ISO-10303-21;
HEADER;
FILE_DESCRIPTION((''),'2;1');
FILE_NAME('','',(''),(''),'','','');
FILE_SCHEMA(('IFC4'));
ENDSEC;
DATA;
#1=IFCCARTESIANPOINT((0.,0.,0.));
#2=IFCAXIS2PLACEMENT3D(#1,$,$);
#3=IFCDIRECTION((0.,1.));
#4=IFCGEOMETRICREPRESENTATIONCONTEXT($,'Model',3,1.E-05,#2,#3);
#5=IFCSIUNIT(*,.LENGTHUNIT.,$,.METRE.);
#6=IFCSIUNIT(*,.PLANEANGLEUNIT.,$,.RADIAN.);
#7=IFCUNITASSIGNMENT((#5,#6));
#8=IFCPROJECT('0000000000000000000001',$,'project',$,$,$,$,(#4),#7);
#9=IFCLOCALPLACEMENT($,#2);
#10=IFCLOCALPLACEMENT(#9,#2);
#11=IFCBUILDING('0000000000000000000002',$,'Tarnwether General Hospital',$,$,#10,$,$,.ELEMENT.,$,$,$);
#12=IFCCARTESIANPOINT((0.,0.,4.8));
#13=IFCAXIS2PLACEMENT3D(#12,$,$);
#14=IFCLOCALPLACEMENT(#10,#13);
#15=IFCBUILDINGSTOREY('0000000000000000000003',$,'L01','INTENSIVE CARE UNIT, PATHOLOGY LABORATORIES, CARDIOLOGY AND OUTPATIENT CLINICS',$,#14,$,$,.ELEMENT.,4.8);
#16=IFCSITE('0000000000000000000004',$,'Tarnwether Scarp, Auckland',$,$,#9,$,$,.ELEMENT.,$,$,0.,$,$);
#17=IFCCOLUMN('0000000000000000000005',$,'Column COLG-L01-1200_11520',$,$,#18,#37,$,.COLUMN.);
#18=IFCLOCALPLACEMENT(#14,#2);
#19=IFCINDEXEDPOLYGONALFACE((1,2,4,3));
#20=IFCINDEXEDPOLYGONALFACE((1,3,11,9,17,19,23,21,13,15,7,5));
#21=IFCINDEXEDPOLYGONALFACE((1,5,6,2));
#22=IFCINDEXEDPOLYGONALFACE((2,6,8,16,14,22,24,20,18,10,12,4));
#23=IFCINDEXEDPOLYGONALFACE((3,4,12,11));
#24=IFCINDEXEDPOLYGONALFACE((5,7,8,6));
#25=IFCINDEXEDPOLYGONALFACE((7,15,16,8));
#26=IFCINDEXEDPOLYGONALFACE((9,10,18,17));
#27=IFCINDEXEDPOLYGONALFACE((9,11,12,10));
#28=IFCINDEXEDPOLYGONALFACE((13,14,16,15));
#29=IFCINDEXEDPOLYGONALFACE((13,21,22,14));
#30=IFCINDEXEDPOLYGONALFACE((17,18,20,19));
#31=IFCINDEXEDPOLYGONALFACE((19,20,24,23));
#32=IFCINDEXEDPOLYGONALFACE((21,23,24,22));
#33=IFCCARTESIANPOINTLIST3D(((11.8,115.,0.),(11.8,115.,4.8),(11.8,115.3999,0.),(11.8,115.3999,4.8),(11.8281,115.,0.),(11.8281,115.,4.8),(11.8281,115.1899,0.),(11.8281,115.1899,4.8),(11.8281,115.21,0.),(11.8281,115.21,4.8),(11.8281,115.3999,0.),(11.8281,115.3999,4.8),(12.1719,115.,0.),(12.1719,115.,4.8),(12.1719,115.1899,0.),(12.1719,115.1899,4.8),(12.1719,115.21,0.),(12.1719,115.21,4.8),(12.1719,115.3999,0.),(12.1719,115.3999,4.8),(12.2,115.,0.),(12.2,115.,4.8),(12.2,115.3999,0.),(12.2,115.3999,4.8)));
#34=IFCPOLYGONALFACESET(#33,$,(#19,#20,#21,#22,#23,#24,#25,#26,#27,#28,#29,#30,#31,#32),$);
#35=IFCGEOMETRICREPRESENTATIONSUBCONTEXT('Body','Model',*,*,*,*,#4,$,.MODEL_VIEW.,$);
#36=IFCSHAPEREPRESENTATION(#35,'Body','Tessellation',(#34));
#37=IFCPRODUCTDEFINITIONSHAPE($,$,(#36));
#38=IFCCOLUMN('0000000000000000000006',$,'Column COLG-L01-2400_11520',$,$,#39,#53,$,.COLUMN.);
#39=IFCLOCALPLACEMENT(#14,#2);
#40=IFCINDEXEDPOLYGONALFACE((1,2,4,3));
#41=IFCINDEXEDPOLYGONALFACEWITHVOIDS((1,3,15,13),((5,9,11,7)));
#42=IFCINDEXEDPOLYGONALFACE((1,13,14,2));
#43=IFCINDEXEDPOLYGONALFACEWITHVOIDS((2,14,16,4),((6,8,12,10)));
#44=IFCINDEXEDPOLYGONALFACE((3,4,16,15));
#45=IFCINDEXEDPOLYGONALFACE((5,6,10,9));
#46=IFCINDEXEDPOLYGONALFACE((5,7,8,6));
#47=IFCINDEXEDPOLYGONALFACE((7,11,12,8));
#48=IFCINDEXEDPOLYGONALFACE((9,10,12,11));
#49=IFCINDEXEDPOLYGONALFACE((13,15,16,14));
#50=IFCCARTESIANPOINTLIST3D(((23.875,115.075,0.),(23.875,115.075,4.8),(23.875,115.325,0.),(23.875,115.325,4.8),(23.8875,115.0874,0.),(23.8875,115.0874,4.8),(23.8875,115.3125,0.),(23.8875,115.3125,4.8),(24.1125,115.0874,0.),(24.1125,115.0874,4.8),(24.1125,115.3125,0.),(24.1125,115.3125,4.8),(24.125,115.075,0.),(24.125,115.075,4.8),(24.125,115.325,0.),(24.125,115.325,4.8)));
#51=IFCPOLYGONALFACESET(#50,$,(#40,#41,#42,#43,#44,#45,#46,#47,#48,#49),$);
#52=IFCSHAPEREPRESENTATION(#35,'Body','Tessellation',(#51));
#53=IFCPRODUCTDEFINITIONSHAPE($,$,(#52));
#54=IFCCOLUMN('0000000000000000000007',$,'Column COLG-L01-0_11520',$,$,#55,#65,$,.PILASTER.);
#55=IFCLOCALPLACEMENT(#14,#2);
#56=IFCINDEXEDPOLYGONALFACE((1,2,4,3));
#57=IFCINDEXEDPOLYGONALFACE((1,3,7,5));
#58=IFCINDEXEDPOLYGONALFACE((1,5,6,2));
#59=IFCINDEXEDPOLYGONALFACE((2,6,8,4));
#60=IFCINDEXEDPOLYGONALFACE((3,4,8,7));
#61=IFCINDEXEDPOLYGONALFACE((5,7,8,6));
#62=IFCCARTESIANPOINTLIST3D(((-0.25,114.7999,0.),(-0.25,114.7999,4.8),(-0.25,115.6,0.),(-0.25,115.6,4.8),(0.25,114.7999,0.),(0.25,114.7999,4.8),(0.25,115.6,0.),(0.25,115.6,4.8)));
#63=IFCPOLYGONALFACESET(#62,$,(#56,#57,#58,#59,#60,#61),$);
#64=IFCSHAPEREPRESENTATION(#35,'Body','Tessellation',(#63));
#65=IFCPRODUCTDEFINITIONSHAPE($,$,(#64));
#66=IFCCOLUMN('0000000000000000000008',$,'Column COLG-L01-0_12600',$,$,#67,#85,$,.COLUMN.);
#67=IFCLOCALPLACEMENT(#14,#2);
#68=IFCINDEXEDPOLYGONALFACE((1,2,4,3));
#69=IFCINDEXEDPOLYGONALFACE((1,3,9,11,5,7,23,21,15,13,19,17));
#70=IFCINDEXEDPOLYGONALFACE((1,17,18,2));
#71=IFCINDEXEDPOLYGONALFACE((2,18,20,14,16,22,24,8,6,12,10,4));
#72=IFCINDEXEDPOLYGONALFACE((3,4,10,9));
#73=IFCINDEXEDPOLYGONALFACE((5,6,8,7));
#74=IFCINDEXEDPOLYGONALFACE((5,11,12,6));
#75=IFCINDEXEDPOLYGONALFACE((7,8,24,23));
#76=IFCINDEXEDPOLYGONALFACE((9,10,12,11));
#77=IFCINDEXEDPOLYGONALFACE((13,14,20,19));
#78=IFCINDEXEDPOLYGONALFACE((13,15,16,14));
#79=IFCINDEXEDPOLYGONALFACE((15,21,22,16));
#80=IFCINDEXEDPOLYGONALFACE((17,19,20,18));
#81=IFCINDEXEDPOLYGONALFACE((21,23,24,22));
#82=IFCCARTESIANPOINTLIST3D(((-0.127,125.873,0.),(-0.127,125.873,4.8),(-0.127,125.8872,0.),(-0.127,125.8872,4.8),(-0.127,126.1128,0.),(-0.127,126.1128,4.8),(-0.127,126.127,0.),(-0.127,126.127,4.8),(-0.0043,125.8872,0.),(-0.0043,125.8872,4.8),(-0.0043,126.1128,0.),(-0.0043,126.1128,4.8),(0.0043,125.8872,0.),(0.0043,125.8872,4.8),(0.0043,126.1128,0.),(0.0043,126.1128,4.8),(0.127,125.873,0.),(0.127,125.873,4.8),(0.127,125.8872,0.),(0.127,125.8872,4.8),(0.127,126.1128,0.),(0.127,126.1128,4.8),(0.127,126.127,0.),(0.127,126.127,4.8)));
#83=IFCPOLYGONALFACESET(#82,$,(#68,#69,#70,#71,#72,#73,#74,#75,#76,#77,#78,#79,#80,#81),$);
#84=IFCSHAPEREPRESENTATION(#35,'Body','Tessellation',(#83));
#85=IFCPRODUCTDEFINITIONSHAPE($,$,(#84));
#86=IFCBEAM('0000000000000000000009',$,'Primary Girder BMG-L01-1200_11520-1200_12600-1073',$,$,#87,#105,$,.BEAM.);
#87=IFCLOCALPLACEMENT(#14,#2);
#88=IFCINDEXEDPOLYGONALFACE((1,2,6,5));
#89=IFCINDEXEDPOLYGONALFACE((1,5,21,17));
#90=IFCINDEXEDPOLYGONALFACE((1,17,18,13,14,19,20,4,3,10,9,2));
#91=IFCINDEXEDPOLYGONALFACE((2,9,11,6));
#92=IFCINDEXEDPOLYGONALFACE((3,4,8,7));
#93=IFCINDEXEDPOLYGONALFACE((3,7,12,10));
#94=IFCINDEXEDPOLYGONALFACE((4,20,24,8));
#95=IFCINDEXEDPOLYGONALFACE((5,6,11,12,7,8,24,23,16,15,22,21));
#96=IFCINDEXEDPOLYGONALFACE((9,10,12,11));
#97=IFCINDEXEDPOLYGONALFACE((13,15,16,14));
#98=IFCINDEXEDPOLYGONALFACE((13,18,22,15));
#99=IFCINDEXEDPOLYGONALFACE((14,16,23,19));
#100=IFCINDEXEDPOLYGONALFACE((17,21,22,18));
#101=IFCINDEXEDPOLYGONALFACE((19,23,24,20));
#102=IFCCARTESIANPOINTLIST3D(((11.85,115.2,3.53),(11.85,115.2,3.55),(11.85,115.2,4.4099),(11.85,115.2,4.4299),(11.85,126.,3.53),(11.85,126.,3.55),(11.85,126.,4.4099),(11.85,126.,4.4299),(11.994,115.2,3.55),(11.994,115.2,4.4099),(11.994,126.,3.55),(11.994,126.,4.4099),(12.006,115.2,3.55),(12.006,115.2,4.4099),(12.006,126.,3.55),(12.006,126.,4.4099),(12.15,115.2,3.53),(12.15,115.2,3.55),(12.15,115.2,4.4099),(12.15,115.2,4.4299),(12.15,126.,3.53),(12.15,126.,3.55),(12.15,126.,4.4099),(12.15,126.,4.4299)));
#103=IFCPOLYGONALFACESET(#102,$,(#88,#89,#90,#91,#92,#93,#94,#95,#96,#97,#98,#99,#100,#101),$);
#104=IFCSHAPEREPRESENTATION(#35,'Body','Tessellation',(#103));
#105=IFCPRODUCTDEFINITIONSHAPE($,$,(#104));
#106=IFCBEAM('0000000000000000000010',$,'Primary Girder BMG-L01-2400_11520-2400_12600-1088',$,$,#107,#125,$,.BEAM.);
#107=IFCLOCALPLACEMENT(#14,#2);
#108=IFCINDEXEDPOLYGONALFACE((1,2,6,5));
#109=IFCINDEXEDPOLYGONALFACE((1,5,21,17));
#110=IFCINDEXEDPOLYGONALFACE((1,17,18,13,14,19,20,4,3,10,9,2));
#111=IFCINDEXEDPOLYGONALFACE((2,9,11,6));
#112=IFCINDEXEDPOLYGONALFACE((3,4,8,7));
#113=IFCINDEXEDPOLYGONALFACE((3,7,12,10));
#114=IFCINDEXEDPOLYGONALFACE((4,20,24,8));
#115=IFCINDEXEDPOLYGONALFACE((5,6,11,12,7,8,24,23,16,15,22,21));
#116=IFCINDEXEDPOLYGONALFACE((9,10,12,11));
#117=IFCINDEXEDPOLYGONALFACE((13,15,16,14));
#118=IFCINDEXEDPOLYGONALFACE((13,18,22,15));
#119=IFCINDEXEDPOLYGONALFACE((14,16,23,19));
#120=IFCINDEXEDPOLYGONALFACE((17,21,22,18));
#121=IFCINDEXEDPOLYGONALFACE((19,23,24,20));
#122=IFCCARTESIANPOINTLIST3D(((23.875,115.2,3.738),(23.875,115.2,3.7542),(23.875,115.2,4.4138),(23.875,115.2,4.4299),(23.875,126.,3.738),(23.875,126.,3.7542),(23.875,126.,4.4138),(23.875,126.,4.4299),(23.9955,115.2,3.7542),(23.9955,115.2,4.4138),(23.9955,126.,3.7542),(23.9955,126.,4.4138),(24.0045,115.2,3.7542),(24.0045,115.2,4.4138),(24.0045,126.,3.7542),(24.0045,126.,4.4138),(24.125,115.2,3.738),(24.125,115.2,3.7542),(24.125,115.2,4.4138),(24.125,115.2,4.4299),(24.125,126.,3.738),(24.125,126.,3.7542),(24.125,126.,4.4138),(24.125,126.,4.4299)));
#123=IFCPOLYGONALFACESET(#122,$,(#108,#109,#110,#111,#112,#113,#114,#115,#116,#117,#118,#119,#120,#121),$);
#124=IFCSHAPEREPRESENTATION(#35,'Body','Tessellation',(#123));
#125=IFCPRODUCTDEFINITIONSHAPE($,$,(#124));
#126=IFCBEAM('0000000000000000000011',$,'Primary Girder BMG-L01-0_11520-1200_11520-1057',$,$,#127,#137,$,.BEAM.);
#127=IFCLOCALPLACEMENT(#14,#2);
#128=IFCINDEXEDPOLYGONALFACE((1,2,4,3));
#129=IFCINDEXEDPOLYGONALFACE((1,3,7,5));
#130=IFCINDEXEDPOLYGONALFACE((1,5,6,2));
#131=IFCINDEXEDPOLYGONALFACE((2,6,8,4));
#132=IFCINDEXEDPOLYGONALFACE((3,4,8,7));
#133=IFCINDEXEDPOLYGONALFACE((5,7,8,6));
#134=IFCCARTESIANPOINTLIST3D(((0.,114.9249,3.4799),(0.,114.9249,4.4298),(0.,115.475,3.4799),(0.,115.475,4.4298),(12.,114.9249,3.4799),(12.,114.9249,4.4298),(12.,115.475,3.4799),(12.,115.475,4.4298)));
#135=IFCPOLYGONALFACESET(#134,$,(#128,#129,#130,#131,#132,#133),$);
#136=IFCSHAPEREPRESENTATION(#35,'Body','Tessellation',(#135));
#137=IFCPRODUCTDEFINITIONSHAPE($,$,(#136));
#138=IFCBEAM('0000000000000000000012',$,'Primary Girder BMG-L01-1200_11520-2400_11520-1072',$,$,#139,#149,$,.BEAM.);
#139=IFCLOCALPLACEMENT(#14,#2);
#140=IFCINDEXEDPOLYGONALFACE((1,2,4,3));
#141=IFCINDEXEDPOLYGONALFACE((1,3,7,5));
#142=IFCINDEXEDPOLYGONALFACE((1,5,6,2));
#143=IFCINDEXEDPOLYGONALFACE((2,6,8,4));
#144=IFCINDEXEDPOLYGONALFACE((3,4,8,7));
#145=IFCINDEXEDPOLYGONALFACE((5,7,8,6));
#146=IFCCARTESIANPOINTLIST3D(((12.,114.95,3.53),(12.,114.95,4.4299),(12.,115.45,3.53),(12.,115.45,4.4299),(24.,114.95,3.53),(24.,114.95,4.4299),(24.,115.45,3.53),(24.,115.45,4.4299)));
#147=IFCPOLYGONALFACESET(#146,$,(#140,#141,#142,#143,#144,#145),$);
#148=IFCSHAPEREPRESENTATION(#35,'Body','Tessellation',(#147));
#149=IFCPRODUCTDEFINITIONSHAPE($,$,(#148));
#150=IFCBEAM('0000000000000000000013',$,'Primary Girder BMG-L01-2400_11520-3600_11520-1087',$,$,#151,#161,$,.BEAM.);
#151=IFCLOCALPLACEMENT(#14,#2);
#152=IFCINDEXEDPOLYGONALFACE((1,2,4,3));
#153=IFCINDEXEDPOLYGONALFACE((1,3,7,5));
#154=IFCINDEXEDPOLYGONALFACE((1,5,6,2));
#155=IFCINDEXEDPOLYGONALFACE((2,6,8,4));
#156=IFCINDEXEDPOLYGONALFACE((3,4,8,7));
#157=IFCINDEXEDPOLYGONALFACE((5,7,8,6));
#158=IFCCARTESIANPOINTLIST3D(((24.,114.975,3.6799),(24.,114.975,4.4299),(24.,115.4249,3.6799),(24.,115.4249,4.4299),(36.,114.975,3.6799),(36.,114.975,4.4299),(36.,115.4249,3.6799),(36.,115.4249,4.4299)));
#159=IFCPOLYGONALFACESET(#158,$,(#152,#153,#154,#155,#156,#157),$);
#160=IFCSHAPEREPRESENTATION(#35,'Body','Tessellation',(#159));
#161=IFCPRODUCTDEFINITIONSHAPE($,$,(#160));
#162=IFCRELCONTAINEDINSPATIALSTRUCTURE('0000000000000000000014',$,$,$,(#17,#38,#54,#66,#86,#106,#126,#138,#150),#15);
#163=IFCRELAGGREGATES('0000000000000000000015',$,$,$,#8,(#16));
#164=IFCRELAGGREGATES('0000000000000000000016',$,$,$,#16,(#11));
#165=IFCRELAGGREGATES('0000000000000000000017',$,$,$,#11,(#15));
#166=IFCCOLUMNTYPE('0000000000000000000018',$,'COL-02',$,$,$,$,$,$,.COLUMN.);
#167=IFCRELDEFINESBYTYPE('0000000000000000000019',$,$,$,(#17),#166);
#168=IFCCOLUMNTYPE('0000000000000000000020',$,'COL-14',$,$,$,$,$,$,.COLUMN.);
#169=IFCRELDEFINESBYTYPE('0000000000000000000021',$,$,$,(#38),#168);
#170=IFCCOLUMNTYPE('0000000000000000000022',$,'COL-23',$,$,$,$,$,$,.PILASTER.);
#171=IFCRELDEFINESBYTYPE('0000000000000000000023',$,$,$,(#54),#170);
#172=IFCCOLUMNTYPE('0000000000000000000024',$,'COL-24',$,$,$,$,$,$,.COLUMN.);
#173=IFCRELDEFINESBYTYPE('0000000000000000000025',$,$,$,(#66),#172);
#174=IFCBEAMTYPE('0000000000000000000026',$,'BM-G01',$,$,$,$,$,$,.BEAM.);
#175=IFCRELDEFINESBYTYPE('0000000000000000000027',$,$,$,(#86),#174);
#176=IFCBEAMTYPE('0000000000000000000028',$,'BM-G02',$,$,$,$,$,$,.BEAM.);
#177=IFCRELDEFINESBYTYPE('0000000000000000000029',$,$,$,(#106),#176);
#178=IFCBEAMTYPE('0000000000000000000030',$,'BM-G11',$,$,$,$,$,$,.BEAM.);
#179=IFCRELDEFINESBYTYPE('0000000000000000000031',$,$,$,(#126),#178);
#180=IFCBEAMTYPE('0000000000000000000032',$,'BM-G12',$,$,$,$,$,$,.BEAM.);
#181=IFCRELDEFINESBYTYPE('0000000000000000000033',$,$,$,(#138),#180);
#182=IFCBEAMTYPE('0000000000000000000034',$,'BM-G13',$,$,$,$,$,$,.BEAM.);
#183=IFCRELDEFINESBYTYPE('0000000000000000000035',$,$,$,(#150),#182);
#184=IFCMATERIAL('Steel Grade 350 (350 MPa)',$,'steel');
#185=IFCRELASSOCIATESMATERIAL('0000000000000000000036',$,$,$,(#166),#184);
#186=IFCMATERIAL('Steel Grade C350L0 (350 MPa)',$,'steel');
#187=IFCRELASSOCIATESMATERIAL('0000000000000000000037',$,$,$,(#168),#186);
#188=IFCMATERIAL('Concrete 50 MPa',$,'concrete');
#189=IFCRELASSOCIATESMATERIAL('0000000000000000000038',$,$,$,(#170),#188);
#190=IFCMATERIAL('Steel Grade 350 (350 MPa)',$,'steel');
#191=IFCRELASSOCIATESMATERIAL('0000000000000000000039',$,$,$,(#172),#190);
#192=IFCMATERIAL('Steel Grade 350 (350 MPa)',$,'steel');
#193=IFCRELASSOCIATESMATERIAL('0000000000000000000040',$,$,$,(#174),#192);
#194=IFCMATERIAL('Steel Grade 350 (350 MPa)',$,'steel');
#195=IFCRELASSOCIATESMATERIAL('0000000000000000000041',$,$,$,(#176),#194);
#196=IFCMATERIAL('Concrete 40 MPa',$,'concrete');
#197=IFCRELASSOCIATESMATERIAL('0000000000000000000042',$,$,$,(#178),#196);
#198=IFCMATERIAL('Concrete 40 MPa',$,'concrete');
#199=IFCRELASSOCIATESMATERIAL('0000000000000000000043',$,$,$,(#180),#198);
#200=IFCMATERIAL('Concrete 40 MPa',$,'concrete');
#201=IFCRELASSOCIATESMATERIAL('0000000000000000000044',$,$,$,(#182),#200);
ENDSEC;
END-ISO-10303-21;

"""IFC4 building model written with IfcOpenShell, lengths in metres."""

from ifc_helpers import new_model, si_unit, direction, frame, origin, origin_2d, place, context, subcontext, project, spatial, rectangle, hollow_rectangle, i_section, extrude, material, material_profile, profile_set, type_object, element, save


model = new_model("IFC4")

# Units and contexts
model_context = context("Model", 3, precision=1e-05, world=origin(), true_north=direction((0.0, 1.0)))
body_context = subcontext(model_context, "Body", "Model", "MODEL_VIEW")
ifc_project = project(units=[si_unit("LENGTHUNIT", "METRE"), si_unit("PLANEANGLEUNIT", "RADIAN")], contexts=[model_context])

# Site, building, storey
site_placement = place(None, origin())
site = spatial("IfcSite", under=ifc_project, at=site_placement, Name="Tarnwether Scarp, Auckland", CompositionType="ELEMENT", RefElevation=0.0)
building_placement = place(site_placement, origin())
building = spatial("IfcBuilding", under=site, at=building_placement, Name="Tarnwether General Hospital", CompositionType="ELEMENT")
storey_placement = place(building_placement, frame((0.0, 0.0, 4.8)))
storey = spatial("IfcBuildingStorey", under=building, at=storey_placement, Name="L01", Description="INTENSIVE CARE UNIT, PATHOLOGY LABORATORIES, CARDIOLOGY AND OUTPATIENT CLINICS", CompositionType="ELEMENT", Elevation=4.8)

# Columns
ifc_material_1 = material(Name="Steel Grade 350 (350 MPa)", Category="steel")
ifc_material_profile_1 = material_profile(ifc_material_1, i_section(OverallWidth=0.3999, OverallDepth=0.3999, WebThickness=0.02, FlangeThickness=0.0281, at=origin_2d()), Name="400WC270")
ifc_profile_set_1 = profile_set([ifc_material_profile_1], Name="Steel Grade 350 (350 MPa)")
column_type_1 = type_object("IfcColumnType", Name="COL-02", PredefinedType="COLUMN", material=ifc_profile_set_1)
column_1_placement = place(storey_placement, frame((12.0, 115.2, 0.0), z_axis=(0.0, 0.0, 1.0), x_axis=(0.0, 1.0, 0.0)))
element("IfcColumn", 1, at=column_1_placement, inside=storey, type_object=column_type_1, Name="Column COLG-L01-1200_11520", PredefinedType="COLUMN", context=body_context, shape_type="SweptSolid", body=[
    extrude(i_section(OverallWidth=0.3999, OverallDepth=0.3999, WebThickness=0.02, FlangeThickness=0.0281, at=origin_2d()), origin(), (0.0, 0.0, 1.0), 4.8),
])
ifc_material_2 = material(Name="Steel Grade C350L0 (350 MPa)", Category="steel")
ifc_material_profile_2 = material_profile(ifc_material_2, hollow_rectangle(XDim=0.25, YDim=0.25, WallThickness=0.0125, at=origin_2d()), Name="SHS250x250x12.5")
ifc_profile_set_2 = profile_set([ifc_material_profile_2], Name="Steel Grade C350L0 (350 MPa)")
column_type_2 = type_object("IfcColumnType", Name="COL-14", PredefinedType="COLUMN", material=ifc_profile_set_2)
column_2_placement = place(storey_placement, frame((24.0, 115.2, 0.0), z_axis=(0.0, 0.0, 1.0), x_axis=(1.0, 0.0, 0.0)))
element("IfcColumn", 2, at=column_2_placement, inside=storey, type_object=column_type_2, Name="Column COLG-L01-2400_11520", PredefinedType="COLUMN", context=body_context, shape_type="SweptSolid", body=[
    extrude(hollow_rectangle(XDim=0.25, YDim=0.25, WallThickness=0.0125, at=origin_2d()), origin(), (0.0, 0.0, 1.0), 4.8),
])
ifc_material_3 = material(Name="Concrete 50 MPa", Category="concrete")
ifc_material_profile_3 = material_profile(ifc_material_3, rectangle(XDim=0.5, YDim=0.8, at=origin_2d()), Name="RC-PIL-500x800")
ifc_profile_set_3 = profile_set([ifc_material_profile_3], Name="Concrete 50 MPa")
column_type_3 = type_object("IfcColumnType", Name="COL-23", PredefinedType="PILASTER", material=ifc_profile_set_3)
column_3_placement = place(storey_placement, frame((0.0, 115.2, 0.0), z_axis=(0.0, 0.0, 1.0), x_axis=(1.0, 0.0, 0.0)))
element("IfcColumn", 3, at=column_3_placement, inside=storey, type_object=column_type_3, Name="Column COLG-L01-0_11520", PredefinedType="PILASTER", context=body_context, shape_type="SweptSolid", body=[
    extrude(rectangle(XDim=0.5, YDim=0.8, at=origin_2d()), origin(), (0.0, 0.0, 1.0), 4.8),
])
ifc_material_4 = material(Name="Steel Grade 350 (350 MPa)", Category="steel")
ifc_material_profile_4 = material_profile(ifc_material_4, i_section(OverallWidth=0.2539, OverallDepth=0.2539, WebThickness=0.0085, FlangeThickness=0.0142, at=origin_2d()), Name="250UC72.9")
ifc_profile_set_4 = profile_set([ifc_material_profile_4], Name="Steel Grade 350 (350 MPa)")
column_type_4 = type_object("IfcColumnType", Name="COL-24", PredefinedType="COLUMN", material=ifc_profile_set_4)
column_4_placement = place(storey_placement, frame((0.0, 126.0, 0.0), z_axis=(0.0, 0.0, 1.0), x_axis=(1.0, 0.0, 0.0)))
element("IfcColumn", 4, at=column_4_placement, inside=storey, type_object=column_type_4, Name="Column COLG-L01-0_12600", PredefinedType="COLUMN", context=body_context, shape_type="SweptSolid", body=[
    extrude(i_section(OverallWidth=0.2539, OverallDepth=0.2539, WebThickness=0.0085, FlangeThickness=0.0142, at=origin_2d()), origin(), (0.0, 0.0, 1.0), 4.8),
])

# Beams
ifc_material_5 = material(Name="Steel Grade 350 (350 MPa)", Category="steel")
ifc_material_profile_5 = material_profile(ifc_material_5, i_section(OverallWidth=0.3, OverallDepth=0.8999, WebThickness=0.012, FlangeThickness=0.02, at=origin_2d()), Name="900WB175")
ifc_profile_set_5 = profile_set([ifc_material_profile_5], Name="Steel Grade 350 (350 MPa)")
beam_type_1 = type_object("IfcBeamType", Name="BM-G01", PredefinedType="BEAM", material=ifc_profile_set_5)
beam_1_placement = place(storey_placement, frame((12.0, 115.2, 3.98), z_axis=(0.0, 1.0, 0.0), x_axis=(-1.0, 0.0, 0.0)))
element("IfcBeam", 5, at=beam_1_placement, inside=storey, type_object=beam_type_1, Name="Primary Girder BMG-L01-1200_11520-1200_12600-1073", PredefinedType="BEAM", context=body_context, shape_type="SweptSolid", body=[
    extrude(i_section(OverallWidth=0.3, OverallDepth=0.8999, WebThickness=0.012, FlangeThickness=0.02, at=origin_2d()), origin(), (0.0, 0.0, 1.0), 10.8),
])
ifc_material_6 = material(Name="Steel Grade 350 (350 MPa)", Category="steel")
ifc_material_profile_6 = material_profile(ifc_material_6, i_section(OverallWidth=0.25, OverallDepth=0.6919, WebThickness=0.009, FlangeThickness=0.0161, at=origin_2d()), Name="700WB115")
ifc_profile_set_6 = profile_set([ifc_material_profile_6], Name="Steel Grade 350 (350 MPa)")
beam_type_2 = type_object("IfcBeamType", Name="BM-G02", PredefinedType="BEAM", material=ifc_profile_set_6)
beam_2_placement = place(storey_placement, frame((24.0, 115.2, 4.084), z_axis=(0.0, 1.0, 0.0), x_axis=(-1.0, 0.0, 0.0)))
element("IfcBeam", 6, at=beam_2_placement, inside=storey, type_object=beam_type_2, Name="Primary Girder BMG-L01-2400_11520-2400_12600-1088", PredefinedType="BEAM", context=body_context, shape_type="SweptSolid", body=[
    extrude(i_section(OverallWidth=0.25, OverallDepth=0.6919, WebThickness=0.009, FlangeThickness=0.0161, at=origin_2d()), origin(), (0.0, 0.0, 1.0), 10.8),
])
ifc_material_7 = material(Name="Concrete 40 MPa", Category="concrete")
ifc_material_profile_7 = material_profile(ifc_material_7, rectangle(XDim=0.55, YDim=0.95, at=origin_2d()), Name="RC-BM-550x950")
ifc_profile_set_7 = profile_set([ifc_material_profile_7], Name="Concrete 40 MPa")
beam_type_3 = type_object("IfcBeamType", Name="BM-G11", PredefinedType="BEAM", material=ifc_profile_set_7)
beam_3_placement = place(storey_placement, frame((0.0, 115.2, 3.9548), z_axis=(1.0, 0.0, 0.0), x_axis=(0.0, 1.0, 0.0)))
element("IfcBeam", 7, at=beam_3_placement, inside=storey, type_object=beam_type_3, Name="Primary Girder BMG-L01-0_11520-1200_11520-1057", PredefinedType="BEAM", context=body_context, shape_type="SweptSolid", body=[
    extrude(rectangle(XDim=0.55, YDim=0.95, at=origin_2d()), origin(), (0.0, 0.0, 1.0), 12.0),
])
ifc_material_8 = material(Name="Concrete 40 MPa", Category="concrete")
ifc_material_profile_8 = material_profile(ifc_material_8, rectangle(XDim=0.5, YDim=0.8999, at=origin_2d()), Name="RC-BM-500x900")
ifc_profile_set_8 = profile_set([ifc_material_profile_8], Name="Concrete 40 MPa")
beam_type_4 = type_object("IfcBeamType", Name="BM-G12", PredefinedType="BEAM", material=ifc_profile_set_8)
beam_4_placement = place(storey_placement, frame((12.0, 115.2, 3.98), z_axis=(1.0, 0.0, 0.0), x_axis=(0.0, 1.0, 0.0)))
element("IfcBeam", 8, at=beam_4_placement, inside=storey, type_object=beam_type_4, Name="Primary Girder BMG-L01-1200_11520-2400_11520-1072", PredefinedType="BEAM", context=body_context, shape_type="SweptSolid", body=[
    extrude(rectangle(XDim=0.5, YDim=0.8999, at=origin_2d()), origin(), (0.0, 0.0, 1.0), 12.0),
])
ifc_material_9 = material(Name="Concrete 40 MPa", Category="concrete")
ifc_material_profile_9 = material_profile(ifc_material_9, rectangle(XDim=0.45, YDim=0.75, at=origin_2d()), Name="RC-BM-450x750")
ifc_profile_set_9 = profile_set([ifc_material_profile_9], Name="Concrete 40 MPa")
beam_type_5 = type_object("IfcBeamType", Name="BM-G13", PredefinedType="BEAM", material=ifc_profile_set_9)
beam_5_placement = place(storey_placement, frame((24.0, 115.2, 4.0549), z_axis=(1.0, 0.0, 0.0), x_axis=(0.0, 1.0, 0.0)))
element("IfcBeam", 9, at=beam_5_placement, inside=storey, type_object=beam_type_5, Name="Primary Girder BMG-L01-2400_11520-3600_11520-1087", PredefinedType="BEAM", context=body_context, shape_type="SweptSolid", body=[
    extrude(rectangle(XDim=0.45, YDim=0.75, at=origin_2d()), origin(), (0.0, 0.0, 1.0), 12.0),
])

save(model, "model.ifc")
